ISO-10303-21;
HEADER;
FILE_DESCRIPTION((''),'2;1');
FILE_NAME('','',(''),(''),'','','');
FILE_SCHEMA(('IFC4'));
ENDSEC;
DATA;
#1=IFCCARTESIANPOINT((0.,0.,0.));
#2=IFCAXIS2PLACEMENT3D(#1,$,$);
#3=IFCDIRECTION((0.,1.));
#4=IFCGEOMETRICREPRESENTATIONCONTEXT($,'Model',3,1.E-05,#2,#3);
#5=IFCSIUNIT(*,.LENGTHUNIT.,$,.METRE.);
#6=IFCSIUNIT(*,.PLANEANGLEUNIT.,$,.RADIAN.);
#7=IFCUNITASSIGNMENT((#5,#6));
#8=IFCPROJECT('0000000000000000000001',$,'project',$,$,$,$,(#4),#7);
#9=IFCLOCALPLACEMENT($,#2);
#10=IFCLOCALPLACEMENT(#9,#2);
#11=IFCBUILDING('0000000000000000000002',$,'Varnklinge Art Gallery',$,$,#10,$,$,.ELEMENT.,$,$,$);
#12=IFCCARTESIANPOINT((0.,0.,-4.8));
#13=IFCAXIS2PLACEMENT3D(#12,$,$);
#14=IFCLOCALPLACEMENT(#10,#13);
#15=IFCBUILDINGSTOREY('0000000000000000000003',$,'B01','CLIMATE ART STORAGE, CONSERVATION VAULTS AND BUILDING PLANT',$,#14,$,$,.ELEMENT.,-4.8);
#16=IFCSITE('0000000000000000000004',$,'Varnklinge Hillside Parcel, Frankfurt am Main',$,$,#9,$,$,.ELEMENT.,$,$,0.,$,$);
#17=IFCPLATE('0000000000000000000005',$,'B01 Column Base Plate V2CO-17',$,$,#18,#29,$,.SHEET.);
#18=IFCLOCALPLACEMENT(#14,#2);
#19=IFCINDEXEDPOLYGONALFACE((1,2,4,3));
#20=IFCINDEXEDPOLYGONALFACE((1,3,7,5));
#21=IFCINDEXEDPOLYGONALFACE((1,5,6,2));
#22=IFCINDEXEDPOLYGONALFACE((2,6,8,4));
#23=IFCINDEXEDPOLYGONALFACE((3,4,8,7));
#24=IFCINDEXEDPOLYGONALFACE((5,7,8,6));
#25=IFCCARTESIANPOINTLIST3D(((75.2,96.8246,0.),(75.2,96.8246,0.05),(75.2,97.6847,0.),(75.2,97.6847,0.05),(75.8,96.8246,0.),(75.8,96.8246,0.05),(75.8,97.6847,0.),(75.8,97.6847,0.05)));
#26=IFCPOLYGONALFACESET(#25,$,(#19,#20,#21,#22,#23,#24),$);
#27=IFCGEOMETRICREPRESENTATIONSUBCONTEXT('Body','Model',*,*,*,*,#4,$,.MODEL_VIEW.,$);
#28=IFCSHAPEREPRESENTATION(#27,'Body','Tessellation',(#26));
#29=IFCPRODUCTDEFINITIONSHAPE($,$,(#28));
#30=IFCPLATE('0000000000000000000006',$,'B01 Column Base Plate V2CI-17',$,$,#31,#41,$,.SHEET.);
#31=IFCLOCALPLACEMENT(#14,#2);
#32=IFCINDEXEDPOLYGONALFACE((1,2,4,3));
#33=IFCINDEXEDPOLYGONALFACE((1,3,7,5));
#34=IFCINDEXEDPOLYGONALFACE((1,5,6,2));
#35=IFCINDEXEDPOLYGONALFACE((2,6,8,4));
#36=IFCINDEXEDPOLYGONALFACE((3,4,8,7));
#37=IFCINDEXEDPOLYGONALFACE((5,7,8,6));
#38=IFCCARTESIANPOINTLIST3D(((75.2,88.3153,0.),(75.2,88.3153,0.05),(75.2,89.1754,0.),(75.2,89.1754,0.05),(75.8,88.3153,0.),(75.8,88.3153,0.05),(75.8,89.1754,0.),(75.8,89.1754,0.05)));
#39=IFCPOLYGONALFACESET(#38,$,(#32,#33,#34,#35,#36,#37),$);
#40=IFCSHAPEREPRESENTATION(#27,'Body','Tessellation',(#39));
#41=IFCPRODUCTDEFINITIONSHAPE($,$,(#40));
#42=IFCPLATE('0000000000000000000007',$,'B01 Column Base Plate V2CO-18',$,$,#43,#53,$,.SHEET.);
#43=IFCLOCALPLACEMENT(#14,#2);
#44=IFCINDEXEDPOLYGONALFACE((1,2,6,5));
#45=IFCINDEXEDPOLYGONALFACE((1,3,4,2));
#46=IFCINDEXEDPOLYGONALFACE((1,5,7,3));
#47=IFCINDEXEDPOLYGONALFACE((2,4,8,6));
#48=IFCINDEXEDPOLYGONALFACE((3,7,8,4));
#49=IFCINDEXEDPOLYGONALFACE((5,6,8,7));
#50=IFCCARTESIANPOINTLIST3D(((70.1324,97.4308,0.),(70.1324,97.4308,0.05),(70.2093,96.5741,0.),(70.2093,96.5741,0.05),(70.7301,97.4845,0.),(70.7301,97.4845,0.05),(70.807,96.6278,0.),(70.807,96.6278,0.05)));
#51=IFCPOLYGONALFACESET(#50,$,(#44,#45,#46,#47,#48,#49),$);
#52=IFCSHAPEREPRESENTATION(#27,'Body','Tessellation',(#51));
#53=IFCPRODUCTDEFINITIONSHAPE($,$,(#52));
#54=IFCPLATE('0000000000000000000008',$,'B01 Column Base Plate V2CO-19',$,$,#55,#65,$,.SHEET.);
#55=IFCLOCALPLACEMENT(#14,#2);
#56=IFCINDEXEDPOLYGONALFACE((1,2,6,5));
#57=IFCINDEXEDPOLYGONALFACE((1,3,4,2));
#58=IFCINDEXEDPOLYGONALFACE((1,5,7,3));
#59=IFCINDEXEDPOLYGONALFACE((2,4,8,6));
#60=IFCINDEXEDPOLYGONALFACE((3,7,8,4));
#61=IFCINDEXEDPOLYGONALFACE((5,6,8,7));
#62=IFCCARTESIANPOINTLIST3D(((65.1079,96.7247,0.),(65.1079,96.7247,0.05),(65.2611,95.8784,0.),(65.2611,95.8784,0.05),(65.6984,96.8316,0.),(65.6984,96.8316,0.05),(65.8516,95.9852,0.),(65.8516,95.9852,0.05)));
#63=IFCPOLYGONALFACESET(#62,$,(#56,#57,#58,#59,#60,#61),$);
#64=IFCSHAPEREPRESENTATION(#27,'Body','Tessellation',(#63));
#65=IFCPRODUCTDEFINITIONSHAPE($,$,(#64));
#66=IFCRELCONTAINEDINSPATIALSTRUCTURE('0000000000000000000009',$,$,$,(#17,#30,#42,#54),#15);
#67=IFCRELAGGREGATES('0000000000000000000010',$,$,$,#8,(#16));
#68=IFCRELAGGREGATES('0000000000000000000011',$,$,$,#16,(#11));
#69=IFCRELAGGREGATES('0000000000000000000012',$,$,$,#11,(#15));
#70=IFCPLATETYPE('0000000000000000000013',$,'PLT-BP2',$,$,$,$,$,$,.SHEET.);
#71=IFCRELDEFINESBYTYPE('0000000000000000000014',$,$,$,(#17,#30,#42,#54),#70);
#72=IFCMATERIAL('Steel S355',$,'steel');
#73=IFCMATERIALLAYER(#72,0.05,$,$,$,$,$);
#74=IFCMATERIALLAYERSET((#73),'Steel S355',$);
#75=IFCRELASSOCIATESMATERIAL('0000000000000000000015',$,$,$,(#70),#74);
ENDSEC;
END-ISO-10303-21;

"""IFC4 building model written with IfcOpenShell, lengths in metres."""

from ifc_helpers import new_model, si_unit, direction, frame, origin, origin_2d, place, context, subcontext, project, spatial, rectangle, extrude, material, layer, layer_set, type_object, element, save


model = new_model("IFC4")

# Units and contexts
model_context = context("Model", 3, precision=1e-05, world=origin(), true_north=direction((0.0, 1.0)))
body_context = subcontext(model_context, "Body", "Model", "MODEL_VIEW")
ifc_project = project(units=[si_unit("LENGTHUNIT", "METRE"), si_unit("PLANEANGLEUNIT", "RADIAN")], contexts=[model_context])

# Site, building, storey
site_placement = place(None, origin())
site = spatial("IfcSite", under=ifc_project, at=site_placement, Name="Varnklinge Hillside Parcel, Frankfurt am Main", CompositionType="ELEMENT", RefElevation=0.0)
building_placement = place(site_placement, origin())
building = spatial("IfcBuilding", under=site, at=building_placement, Name="Varnklinge Art Gallery", CompositionType="ELEMENT")
storey_placement = place(building_placement, frame((0.0, 0.0, -4.8)))
storey = spatial("IfcBuildingStorey", under=building, at=storey_placement, Name="B01", Description="CLIMATE ART STORAGE, CONSERVATION VAULTS AND BUILDING PLANT", CompositionType="ELEMENT", Elevation=-4.8)

# Plates
ifc_material_1 = material(Name="Steel S355", Category="steel")
ifc_layer = layer(ifc_material_1, 0.05)
ifc_layer_set = layer_set([ifc_layer], Name="Steel S355")
plate_type = type_object("IfcPlateType", Name="PLT-BP2", PredefinedType="SHEET", material=ifc_layer_set)
for number, where, z_axis, x_axis, name in (
    (1, (75.5, 97.2546, 0.0), (0.0, 0.0, 1.0), (0.0, -1.0, 0.0), "B01 Column Base Plate V2CO-17"),
    (2, (75.5, 88.7454, 0.0), (0.0, 0.0, 1.0), (0.0, -1.0, 0.0), "B01 Column Base Plate V2CI-17"),
    (3, (70.4697, 97.0293, 0.0), (0.0, 0.0, 1.0), (0.089416, -0.995994, 0.0), "B01 Column Base Plate V2CO-18"),
    (4, (65.4797, 96.355, 0.0), (0.0, 0.0, 1.0), (0.178115, -0.98401, 0.0), "B01 Column Base Plate V2CO-19"),
):
    element("IfcPlate", number, at=place(storey_placement, frame(where, z_axis=z_axis, x_axis=x_axis)), inside=storey, type_object=plate_type, Name=name, PredefinedType="SHEET", context=body_context, shape_type="SweptSolid", body=[
        extrude(rectangle(XDim=0.8601, YDim=0.6001, at=origin_2d()), origin(), (0.0, 0.0, 1.0), 0.05),
    ])

save(model, "model.ifc")
